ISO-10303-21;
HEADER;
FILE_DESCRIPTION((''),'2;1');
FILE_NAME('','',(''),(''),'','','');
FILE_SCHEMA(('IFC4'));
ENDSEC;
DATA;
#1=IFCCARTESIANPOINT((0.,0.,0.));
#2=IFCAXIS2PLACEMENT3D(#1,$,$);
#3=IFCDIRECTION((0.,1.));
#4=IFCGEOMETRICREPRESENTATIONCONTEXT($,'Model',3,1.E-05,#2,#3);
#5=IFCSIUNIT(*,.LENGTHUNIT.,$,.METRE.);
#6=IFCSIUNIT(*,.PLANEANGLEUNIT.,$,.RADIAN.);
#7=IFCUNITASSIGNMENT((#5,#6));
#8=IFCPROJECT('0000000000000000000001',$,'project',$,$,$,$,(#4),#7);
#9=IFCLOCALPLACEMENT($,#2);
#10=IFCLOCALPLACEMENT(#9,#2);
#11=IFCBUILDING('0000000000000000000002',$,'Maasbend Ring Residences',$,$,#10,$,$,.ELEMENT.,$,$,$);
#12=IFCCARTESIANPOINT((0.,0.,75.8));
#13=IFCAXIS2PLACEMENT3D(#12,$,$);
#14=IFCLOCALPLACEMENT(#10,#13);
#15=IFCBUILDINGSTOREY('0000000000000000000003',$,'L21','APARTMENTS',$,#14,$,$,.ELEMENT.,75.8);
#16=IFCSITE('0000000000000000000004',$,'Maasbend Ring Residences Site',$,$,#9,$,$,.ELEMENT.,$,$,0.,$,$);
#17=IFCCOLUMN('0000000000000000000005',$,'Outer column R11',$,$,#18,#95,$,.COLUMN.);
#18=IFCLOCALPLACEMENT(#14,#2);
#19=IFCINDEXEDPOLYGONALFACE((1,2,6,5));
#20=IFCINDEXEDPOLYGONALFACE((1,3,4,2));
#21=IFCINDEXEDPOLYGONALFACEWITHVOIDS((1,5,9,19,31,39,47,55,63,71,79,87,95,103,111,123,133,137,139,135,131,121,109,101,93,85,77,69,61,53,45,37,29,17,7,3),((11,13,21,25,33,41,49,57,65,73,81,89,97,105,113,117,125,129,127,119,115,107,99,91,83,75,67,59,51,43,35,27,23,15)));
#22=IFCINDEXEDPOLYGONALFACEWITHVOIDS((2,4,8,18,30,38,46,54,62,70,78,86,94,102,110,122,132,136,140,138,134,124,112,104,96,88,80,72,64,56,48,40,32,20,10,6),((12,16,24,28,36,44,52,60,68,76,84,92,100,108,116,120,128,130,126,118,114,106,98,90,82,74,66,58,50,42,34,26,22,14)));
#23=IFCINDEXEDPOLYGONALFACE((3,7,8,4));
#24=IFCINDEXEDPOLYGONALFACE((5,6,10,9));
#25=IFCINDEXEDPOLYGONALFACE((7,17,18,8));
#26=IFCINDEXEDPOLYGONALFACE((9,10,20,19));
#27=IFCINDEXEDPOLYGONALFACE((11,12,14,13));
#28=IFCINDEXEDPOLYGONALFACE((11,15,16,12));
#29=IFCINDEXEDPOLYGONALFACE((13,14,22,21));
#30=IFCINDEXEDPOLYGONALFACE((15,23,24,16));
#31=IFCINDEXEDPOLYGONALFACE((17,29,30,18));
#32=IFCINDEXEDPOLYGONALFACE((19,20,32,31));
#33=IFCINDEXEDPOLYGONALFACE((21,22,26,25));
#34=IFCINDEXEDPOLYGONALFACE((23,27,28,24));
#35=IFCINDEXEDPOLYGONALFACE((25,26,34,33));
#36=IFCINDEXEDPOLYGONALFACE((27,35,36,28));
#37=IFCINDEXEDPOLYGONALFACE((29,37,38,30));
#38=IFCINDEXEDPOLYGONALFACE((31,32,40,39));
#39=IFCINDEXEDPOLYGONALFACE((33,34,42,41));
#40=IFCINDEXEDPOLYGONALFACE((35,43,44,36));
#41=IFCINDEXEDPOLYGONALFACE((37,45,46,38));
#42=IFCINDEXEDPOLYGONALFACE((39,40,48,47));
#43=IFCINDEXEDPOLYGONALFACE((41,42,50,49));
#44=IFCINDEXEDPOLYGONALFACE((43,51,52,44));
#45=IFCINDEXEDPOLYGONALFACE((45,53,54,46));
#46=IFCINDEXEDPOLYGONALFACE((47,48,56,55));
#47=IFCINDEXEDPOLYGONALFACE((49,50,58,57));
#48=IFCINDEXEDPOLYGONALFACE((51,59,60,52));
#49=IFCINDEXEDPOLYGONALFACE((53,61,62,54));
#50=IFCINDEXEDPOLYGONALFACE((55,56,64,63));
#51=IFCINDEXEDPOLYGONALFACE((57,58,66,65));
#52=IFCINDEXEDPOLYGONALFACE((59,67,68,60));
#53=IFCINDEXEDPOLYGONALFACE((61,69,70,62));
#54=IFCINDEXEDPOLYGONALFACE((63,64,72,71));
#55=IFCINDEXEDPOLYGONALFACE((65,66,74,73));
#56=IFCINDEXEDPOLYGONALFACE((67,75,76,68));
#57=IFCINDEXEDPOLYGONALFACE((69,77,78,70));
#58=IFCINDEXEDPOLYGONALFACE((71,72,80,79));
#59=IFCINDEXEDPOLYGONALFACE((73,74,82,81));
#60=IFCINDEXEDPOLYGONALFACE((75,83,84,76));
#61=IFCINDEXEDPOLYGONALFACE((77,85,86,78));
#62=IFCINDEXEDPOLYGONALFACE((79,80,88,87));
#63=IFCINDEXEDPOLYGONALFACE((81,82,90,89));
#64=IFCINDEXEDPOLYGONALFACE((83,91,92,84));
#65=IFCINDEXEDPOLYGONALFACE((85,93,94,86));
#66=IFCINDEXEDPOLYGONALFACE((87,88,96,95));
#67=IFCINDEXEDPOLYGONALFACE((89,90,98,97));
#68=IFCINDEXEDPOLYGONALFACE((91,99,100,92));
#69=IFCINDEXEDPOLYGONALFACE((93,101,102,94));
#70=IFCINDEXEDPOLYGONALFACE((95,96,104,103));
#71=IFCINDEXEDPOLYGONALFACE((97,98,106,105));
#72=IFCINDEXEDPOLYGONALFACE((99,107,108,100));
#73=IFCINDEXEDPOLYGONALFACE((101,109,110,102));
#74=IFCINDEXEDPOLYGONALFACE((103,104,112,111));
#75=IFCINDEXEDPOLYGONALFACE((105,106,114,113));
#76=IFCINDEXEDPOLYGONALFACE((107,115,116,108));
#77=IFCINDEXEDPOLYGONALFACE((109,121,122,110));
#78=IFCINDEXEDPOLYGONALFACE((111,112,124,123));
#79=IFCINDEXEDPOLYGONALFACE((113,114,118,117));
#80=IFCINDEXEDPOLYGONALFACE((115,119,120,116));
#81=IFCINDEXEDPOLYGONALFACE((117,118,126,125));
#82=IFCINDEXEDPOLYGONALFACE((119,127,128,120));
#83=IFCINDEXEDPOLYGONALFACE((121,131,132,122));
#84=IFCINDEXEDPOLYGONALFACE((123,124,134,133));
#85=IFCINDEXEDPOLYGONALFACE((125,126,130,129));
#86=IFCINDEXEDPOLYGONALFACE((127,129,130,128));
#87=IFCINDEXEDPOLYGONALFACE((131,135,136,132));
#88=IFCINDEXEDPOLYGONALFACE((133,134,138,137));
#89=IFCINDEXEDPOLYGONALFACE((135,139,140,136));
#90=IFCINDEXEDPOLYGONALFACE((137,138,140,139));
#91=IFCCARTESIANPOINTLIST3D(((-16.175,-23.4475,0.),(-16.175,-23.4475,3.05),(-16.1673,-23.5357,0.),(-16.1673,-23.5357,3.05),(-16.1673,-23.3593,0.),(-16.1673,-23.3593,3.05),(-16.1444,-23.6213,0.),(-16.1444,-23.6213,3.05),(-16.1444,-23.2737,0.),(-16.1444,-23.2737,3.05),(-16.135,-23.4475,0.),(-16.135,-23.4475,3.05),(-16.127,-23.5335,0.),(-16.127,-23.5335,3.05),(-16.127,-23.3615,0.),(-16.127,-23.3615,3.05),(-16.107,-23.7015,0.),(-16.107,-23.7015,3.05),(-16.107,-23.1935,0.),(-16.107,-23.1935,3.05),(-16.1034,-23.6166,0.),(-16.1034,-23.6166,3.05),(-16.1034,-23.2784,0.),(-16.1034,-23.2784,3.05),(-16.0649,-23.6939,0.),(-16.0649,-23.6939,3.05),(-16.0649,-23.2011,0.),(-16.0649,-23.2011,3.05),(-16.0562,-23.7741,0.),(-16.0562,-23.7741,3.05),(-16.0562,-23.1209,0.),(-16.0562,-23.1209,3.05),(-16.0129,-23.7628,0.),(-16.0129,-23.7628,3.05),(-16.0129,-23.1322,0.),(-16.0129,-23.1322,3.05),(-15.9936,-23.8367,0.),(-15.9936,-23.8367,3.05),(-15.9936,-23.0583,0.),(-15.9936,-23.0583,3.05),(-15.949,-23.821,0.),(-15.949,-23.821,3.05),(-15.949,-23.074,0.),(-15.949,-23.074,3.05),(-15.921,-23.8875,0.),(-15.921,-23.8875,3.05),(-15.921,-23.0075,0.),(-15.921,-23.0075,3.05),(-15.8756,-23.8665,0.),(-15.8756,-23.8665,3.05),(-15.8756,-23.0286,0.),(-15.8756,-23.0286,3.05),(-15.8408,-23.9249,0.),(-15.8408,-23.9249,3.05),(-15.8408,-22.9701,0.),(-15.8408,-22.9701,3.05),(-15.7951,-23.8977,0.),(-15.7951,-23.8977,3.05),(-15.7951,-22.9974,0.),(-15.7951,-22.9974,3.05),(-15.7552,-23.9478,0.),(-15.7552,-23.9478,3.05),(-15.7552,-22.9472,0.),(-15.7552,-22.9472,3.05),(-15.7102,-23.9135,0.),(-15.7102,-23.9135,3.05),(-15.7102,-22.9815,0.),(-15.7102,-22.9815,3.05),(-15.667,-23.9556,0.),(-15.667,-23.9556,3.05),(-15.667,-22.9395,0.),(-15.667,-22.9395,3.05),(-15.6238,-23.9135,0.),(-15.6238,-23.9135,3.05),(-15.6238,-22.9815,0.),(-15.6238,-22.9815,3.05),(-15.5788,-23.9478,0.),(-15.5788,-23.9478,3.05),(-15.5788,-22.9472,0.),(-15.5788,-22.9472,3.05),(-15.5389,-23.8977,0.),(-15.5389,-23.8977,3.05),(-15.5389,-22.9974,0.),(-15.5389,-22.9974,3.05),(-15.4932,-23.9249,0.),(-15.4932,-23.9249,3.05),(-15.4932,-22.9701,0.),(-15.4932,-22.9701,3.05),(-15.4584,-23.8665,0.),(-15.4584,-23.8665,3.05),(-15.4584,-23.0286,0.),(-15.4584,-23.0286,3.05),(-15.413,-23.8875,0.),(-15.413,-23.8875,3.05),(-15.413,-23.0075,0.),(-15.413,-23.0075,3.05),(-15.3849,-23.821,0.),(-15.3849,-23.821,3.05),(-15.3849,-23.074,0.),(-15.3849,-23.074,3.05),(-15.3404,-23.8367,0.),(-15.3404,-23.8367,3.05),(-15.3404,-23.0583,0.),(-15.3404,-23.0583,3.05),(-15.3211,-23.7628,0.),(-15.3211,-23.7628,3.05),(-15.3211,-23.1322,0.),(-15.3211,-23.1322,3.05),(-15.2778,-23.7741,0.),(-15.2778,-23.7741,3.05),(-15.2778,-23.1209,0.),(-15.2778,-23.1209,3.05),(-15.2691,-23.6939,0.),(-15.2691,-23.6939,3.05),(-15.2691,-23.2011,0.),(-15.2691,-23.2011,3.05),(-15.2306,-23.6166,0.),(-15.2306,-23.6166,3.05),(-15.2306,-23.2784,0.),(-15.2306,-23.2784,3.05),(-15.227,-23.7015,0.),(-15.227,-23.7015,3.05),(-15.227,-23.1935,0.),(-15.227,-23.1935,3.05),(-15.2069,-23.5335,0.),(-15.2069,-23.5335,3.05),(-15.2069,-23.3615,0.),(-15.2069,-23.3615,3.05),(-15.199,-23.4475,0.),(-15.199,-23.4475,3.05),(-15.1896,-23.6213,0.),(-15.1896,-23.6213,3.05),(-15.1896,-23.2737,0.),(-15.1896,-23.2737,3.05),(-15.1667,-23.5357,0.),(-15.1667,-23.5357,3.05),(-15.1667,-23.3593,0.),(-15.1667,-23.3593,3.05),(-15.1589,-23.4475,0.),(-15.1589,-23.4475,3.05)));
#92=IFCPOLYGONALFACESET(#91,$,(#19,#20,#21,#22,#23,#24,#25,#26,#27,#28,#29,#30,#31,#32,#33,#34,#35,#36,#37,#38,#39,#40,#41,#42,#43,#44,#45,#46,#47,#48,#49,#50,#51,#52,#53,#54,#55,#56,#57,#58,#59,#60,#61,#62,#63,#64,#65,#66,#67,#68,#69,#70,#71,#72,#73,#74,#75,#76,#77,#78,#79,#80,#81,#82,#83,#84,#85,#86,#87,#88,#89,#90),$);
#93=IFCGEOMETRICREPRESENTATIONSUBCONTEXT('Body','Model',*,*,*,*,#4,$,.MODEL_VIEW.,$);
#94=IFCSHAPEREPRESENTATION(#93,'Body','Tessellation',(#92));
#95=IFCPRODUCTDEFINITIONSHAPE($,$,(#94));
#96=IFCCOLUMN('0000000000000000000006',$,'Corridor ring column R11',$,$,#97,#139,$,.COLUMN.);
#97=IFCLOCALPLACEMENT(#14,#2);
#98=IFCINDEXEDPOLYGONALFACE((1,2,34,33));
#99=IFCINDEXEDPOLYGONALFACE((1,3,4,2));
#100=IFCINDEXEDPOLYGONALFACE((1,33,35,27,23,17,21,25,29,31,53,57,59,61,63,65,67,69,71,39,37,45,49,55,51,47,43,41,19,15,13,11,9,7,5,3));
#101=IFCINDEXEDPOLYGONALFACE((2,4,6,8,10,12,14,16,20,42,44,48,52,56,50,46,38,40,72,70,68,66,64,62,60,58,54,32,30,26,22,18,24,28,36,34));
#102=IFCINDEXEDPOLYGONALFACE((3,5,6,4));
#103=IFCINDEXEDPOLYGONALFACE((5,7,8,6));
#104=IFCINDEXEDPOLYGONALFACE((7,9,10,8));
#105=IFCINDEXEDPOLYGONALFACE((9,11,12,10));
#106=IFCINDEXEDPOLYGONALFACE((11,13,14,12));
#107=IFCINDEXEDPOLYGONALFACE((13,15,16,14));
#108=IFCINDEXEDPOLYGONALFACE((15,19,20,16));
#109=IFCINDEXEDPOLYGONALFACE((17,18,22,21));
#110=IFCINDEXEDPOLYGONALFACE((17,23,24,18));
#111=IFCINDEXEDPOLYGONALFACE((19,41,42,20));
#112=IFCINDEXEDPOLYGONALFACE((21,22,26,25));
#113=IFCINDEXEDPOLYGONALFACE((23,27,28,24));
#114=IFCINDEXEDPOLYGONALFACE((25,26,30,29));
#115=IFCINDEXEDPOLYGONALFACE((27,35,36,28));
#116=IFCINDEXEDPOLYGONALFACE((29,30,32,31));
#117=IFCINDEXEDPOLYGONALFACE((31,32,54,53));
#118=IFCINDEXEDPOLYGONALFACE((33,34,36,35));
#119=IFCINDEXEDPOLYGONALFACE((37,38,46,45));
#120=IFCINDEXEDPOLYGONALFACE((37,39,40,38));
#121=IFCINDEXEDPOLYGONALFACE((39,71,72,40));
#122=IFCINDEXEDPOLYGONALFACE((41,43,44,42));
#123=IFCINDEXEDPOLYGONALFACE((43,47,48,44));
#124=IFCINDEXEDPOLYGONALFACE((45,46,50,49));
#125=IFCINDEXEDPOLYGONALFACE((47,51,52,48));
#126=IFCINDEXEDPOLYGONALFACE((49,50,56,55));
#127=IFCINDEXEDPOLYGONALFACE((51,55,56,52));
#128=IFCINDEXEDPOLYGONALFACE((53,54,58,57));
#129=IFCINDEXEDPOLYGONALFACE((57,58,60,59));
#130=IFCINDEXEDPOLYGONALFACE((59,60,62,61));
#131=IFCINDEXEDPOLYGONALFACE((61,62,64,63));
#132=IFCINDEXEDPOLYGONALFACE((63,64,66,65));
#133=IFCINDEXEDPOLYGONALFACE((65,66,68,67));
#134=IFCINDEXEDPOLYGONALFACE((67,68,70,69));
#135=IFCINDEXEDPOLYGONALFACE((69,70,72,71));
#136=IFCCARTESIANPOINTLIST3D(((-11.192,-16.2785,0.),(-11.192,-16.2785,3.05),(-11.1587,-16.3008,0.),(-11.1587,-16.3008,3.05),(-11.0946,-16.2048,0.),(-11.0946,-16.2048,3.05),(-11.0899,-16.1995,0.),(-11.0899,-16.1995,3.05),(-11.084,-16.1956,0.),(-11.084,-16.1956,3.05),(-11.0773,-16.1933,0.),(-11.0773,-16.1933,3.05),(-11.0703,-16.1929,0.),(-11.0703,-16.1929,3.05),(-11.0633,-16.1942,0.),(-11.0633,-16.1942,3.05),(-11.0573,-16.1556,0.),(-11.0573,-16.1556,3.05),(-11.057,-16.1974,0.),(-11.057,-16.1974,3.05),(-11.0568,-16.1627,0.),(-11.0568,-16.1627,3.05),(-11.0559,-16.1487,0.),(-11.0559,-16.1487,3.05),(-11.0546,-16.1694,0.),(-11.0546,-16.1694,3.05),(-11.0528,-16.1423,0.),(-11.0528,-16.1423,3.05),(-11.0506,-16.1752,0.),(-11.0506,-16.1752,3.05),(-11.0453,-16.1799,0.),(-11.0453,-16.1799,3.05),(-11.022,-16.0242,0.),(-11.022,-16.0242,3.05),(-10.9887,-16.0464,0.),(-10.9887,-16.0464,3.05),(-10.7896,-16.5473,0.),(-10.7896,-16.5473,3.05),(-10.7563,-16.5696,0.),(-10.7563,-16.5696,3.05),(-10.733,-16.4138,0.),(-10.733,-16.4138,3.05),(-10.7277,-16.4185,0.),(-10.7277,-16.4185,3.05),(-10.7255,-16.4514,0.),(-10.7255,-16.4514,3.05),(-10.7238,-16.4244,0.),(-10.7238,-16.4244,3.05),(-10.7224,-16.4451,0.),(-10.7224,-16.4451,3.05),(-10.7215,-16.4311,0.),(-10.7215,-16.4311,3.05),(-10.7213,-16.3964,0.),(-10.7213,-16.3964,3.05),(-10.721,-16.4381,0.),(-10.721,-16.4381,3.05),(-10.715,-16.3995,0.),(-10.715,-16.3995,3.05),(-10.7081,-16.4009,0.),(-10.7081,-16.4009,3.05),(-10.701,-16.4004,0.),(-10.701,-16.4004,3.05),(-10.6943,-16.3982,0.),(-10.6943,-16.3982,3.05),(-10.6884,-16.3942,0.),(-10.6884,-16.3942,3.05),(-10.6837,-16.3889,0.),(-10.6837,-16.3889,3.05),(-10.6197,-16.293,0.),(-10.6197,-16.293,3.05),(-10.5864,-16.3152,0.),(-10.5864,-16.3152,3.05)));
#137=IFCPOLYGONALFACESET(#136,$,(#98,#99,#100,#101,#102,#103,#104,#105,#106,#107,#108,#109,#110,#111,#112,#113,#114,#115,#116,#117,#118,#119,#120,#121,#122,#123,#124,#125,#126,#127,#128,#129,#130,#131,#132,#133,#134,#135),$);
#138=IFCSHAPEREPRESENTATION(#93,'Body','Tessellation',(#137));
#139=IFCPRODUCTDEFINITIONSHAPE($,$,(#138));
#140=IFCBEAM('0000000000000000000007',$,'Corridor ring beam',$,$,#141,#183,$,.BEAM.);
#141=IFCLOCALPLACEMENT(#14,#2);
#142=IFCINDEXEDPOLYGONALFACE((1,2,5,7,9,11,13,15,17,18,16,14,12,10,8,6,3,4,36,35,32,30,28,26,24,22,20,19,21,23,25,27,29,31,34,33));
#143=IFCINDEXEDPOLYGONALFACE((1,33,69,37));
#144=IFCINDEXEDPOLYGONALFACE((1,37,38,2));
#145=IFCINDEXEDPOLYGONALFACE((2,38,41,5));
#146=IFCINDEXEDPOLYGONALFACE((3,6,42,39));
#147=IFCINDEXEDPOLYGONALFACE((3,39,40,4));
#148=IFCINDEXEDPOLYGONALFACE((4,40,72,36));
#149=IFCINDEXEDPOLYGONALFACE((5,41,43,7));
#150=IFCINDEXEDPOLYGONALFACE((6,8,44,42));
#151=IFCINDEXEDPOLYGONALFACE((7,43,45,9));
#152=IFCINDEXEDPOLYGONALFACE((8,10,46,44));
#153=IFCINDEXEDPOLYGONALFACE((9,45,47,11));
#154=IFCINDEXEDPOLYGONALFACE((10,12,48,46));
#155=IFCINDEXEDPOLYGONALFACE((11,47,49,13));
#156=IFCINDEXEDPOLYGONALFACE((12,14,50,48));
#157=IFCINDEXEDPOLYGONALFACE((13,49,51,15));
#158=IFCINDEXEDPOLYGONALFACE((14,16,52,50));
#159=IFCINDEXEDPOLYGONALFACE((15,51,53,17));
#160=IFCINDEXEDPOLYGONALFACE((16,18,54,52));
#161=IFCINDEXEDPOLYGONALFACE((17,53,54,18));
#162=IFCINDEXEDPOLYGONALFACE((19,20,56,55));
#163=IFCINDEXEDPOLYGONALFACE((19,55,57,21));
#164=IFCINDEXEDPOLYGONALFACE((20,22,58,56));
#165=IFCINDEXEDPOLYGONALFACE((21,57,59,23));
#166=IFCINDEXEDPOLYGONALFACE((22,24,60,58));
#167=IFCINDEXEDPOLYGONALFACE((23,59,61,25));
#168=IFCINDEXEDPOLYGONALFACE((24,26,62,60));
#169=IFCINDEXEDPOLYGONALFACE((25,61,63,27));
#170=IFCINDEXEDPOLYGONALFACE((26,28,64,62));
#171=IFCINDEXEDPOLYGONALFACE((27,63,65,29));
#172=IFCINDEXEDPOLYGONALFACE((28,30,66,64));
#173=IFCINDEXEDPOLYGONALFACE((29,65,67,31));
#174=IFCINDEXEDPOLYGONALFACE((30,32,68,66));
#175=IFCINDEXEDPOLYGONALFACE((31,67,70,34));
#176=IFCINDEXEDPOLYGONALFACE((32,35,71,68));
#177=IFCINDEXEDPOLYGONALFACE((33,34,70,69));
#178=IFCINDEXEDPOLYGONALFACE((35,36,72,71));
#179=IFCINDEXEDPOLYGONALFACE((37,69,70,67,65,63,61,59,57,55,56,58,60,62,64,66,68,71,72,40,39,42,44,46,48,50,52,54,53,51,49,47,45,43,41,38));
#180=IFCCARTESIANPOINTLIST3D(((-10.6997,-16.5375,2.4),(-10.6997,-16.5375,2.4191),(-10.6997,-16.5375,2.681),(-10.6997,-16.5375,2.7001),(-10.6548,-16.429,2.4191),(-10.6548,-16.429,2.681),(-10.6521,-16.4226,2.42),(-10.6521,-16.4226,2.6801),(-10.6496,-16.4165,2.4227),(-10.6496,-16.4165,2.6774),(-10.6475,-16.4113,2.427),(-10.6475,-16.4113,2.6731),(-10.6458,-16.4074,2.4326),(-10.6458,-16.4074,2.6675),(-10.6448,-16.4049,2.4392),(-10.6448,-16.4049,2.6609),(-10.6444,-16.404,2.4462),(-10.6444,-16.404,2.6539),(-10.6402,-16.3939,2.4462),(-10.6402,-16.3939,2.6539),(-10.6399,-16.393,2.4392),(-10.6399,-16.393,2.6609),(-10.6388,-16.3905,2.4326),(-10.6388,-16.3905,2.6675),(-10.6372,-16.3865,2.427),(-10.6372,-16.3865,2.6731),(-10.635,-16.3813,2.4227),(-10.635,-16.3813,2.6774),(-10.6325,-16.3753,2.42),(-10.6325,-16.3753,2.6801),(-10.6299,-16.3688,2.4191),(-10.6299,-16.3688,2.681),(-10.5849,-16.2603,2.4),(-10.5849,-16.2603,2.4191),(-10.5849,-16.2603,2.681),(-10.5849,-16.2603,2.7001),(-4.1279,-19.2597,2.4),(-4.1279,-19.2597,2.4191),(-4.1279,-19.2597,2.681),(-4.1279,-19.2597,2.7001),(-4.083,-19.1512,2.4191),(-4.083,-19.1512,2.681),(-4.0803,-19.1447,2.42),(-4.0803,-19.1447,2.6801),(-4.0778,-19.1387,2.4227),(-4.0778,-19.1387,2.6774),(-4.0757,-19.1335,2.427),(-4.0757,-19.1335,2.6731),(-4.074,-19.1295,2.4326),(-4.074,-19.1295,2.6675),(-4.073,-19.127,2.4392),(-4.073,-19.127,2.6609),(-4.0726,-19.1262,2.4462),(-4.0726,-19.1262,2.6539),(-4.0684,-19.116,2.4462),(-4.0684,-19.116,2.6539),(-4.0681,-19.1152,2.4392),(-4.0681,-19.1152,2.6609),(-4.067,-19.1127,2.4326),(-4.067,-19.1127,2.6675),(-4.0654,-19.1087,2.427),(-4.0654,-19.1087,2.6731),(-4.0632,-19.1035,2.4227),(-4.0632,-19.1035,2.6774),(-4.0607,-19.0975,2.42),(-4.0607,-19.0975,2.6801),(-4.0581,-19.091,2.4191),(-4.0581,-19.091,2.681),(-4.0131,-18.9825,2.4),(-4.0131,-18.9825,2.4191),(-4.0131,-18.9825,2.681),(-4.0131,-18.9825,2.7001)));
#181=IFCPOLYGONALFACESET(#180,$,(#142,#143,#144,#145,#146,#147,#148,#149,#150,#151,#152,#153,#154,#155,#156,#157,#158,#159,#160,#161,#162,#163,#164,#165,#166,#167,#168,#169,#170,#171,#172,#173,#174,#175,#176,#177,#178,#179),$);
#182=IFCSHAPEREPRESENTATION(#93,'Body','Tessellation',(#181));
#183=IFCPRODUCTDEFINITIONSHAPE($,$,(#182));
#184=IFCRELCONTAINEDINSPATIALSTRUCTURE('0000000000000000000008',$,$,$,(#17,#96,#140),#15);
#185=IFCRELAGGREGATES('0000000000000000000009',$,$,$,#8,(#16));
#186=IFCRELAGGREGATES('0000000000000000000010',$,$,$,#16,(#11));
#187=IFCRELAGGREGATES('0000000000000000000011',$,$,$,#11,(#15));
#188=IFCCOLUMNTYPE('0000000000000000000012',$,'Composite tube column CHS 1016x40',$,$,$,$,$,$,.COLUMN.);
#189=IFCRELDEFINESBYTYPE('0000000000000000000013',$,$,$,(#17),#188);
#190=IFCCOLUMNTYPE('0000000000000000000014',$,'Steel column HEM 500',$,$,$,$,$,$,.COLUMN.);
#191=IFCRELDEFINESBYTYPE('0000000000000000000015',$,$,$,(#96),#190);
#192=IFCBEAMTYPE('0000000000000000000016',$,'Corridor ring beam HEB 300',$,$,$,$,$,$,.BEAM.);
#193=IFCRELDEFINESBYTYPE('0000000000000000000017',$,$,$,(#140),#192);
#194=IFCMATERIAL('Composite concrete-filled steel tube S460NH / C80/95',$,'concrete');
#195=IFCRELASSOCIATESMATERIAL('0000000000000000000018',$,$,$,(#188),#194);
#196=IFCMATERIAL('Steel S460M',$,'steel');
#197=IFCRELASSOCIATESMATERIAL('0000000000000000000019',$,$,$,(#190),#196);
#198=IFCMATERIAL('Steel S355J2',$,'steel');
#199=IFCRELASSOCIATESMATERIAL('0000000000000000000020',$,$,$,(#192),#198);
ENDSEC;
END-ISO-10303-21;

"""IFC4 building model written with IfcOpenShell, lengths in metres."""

from ifc_helpers import new_model, si_unit, direction, frame, origin, origin_2d, place, context, subcontext, project, spatial, hollow_circle, i_section, extrude, material, material_profile, profile_set, type_object, element, save


model = new_model("IFC4")

# Units and contexts
model_context = context("Model", 3, precision=1e-05, world=origin(), true_north=direction((0.0, 1.0)))
body_context = subcontext(model_context, "Body", "Model", "MODEL_VIEW")
ifc_project = project(units=[si_unit("LENGTHUNIT", "METRE"), si_unit("PLANEANGLEUNIT", "RADIAN")], contexts=[model_context])

# Site, building, storey
site_placement = place(None, origin())
site = spatial("IfcSite", under=ifc_project, at=site_placement, Name="Maasbend Ring Residences Site", CompositionType="ELEMENT", RefElevation=0.0)
building_placement = place(site_placement, origin())
building = spatial("IfcBuilding", under=site, at=building_placement, Name="Maasbend Ring Residences", CompositionType="ELEMENT")
storey_placement = place(building_placement, frame((0.0, 0.0, 75.8)))
storey = spatial("IfcBuildingStorey", under=building, at=storey_placement, Name="L21", Description="APARTMENTS", CompositionType="ELEMENT", Elevation=75.8)

# Columns
ifc_material_1 = material(Name="Composite concrete-filled steel tube S460NH / C80/95", Category="concrete")
ifc_material_profile_1 = material_profile(ifc_material_1, hollow_circle(Radius=0.5081, WallThickness=0.04, at=origin_2d()), Name="Composite tube column CHS 1016x40")
ifc_profile_set_1 = profile_set([ifc_material_profile_1], Name="Composite concrete-filled steel tube S460NH / C80/95")
column_type_1 = type_object("IfcColumnType", Name="Composite tube column CHS 1016x40", PredefinedType="COLUMN", material=ifc_profile_set_1)
column_1_placement = place(storey_placement, frame((-15.667, -23.4475, 0.0), z_axis=(0.0, 0.0, 1.0), x_axis=(1.0, 0.0, 0.0)))
element("IfcColumn", 1, at=column_1_placement, inside=storey, type_object=column_type_1, Name="Outer column R11", PredefinedType="COLUMN", context=body_context, shape_type="SweptSolid", body=[
    extrude(hollow_circle(Radius=0.5081, WallThickness=0.04, at=origin_2d()), origin(), (0.0, 0.0, 1.0), 3.05),
])
ifc_material_2 = material(Name="Steel S460M", Category="steel")
ifc_material_profile_2 = material_profile(ifc_material_2, i_section(OverallWidth=0.3059, OverallDepth=0.5239, WebThickness=0.021, FlangeThickness=0.04, FilletRadius=0.0271, at=origin_2d()), Name="HEM 500")
ifc_profile_set_2 = profile_set([ifc_material_profile_2], Name="Steel S460M")
column_type_2 = type_object("IfcColumnType", Name="Steel column HEM 500", PredefinedType="COLUMN", material=ifc_profile_set_2)
column_2_placement = place(storey_placement, frame((-10.8892, -16.2969, 0.0), z_axis=(0.0, 0.0, 1.0), x_axis=(-0.55557, -0.83147, 0.0)))
element("IfcColumn", 2, at=column_2_placement, inside=storey, type_object=column_type_2, Name="Corridor ring column R11", PredefinedType="COLUMN", context=body_context, shape_type="SweptSolid", body=[
    extrude(i_section(OverallWidth=0.3059, OverallDepth=0.5239, WebThickness=0.021, FlangeThickness=0.04, FilletRadius=0.0271, at=origin_2d()), origin(), (0.0, 0.0, 1.0), 3.05),
])

# Beam
ifc_material_3 = material(Name="Steel S355J2", Category="steel")
ifc_material_profile_3 = material_profile(ifc_material_3, i_section(OverallWidth=0.3, OverallDepth=0.3, WebThickness=0.011, FlangeThickness=0.019, FilletRadius=0.0271, at=origin_2d()), Name="HEB 300")
ifc_profile_set_3 = profile_set([ifc_material_profile_3], Name="Steel S355J2")
beam_type_1 = type_object("IfcBeamType", Name="Corridor ring beam HEB 300", PredefinedType="BEAM", material=ifc_profile_set_3)
beam_1_placement = place(storey_placement, frame((-10.6423, -16.3989, 2.55), z_axis=(0.923877, -0.382689, 0.0), x_axis=(0.382689, 0.923877, 0.0)))
element("IfcBeam", 3, at=beam_1_placement, inside=storey, type_object=beam_type_1, Name="Corridor ring beam", PredefinedType="BEAM", context=body_context, shape_type="SweptSolid", body=[
    extrude(i_section(OverallWidth=0.3, OverallDepth=0.3, WebThickness=0.011, FlangeThickness=0.019, FilletRadius=0.0271, at=origin_2d()), origin(), (0.0, 0.0, 1.0), 7.1133),
])

save(model, "model.ifc")
